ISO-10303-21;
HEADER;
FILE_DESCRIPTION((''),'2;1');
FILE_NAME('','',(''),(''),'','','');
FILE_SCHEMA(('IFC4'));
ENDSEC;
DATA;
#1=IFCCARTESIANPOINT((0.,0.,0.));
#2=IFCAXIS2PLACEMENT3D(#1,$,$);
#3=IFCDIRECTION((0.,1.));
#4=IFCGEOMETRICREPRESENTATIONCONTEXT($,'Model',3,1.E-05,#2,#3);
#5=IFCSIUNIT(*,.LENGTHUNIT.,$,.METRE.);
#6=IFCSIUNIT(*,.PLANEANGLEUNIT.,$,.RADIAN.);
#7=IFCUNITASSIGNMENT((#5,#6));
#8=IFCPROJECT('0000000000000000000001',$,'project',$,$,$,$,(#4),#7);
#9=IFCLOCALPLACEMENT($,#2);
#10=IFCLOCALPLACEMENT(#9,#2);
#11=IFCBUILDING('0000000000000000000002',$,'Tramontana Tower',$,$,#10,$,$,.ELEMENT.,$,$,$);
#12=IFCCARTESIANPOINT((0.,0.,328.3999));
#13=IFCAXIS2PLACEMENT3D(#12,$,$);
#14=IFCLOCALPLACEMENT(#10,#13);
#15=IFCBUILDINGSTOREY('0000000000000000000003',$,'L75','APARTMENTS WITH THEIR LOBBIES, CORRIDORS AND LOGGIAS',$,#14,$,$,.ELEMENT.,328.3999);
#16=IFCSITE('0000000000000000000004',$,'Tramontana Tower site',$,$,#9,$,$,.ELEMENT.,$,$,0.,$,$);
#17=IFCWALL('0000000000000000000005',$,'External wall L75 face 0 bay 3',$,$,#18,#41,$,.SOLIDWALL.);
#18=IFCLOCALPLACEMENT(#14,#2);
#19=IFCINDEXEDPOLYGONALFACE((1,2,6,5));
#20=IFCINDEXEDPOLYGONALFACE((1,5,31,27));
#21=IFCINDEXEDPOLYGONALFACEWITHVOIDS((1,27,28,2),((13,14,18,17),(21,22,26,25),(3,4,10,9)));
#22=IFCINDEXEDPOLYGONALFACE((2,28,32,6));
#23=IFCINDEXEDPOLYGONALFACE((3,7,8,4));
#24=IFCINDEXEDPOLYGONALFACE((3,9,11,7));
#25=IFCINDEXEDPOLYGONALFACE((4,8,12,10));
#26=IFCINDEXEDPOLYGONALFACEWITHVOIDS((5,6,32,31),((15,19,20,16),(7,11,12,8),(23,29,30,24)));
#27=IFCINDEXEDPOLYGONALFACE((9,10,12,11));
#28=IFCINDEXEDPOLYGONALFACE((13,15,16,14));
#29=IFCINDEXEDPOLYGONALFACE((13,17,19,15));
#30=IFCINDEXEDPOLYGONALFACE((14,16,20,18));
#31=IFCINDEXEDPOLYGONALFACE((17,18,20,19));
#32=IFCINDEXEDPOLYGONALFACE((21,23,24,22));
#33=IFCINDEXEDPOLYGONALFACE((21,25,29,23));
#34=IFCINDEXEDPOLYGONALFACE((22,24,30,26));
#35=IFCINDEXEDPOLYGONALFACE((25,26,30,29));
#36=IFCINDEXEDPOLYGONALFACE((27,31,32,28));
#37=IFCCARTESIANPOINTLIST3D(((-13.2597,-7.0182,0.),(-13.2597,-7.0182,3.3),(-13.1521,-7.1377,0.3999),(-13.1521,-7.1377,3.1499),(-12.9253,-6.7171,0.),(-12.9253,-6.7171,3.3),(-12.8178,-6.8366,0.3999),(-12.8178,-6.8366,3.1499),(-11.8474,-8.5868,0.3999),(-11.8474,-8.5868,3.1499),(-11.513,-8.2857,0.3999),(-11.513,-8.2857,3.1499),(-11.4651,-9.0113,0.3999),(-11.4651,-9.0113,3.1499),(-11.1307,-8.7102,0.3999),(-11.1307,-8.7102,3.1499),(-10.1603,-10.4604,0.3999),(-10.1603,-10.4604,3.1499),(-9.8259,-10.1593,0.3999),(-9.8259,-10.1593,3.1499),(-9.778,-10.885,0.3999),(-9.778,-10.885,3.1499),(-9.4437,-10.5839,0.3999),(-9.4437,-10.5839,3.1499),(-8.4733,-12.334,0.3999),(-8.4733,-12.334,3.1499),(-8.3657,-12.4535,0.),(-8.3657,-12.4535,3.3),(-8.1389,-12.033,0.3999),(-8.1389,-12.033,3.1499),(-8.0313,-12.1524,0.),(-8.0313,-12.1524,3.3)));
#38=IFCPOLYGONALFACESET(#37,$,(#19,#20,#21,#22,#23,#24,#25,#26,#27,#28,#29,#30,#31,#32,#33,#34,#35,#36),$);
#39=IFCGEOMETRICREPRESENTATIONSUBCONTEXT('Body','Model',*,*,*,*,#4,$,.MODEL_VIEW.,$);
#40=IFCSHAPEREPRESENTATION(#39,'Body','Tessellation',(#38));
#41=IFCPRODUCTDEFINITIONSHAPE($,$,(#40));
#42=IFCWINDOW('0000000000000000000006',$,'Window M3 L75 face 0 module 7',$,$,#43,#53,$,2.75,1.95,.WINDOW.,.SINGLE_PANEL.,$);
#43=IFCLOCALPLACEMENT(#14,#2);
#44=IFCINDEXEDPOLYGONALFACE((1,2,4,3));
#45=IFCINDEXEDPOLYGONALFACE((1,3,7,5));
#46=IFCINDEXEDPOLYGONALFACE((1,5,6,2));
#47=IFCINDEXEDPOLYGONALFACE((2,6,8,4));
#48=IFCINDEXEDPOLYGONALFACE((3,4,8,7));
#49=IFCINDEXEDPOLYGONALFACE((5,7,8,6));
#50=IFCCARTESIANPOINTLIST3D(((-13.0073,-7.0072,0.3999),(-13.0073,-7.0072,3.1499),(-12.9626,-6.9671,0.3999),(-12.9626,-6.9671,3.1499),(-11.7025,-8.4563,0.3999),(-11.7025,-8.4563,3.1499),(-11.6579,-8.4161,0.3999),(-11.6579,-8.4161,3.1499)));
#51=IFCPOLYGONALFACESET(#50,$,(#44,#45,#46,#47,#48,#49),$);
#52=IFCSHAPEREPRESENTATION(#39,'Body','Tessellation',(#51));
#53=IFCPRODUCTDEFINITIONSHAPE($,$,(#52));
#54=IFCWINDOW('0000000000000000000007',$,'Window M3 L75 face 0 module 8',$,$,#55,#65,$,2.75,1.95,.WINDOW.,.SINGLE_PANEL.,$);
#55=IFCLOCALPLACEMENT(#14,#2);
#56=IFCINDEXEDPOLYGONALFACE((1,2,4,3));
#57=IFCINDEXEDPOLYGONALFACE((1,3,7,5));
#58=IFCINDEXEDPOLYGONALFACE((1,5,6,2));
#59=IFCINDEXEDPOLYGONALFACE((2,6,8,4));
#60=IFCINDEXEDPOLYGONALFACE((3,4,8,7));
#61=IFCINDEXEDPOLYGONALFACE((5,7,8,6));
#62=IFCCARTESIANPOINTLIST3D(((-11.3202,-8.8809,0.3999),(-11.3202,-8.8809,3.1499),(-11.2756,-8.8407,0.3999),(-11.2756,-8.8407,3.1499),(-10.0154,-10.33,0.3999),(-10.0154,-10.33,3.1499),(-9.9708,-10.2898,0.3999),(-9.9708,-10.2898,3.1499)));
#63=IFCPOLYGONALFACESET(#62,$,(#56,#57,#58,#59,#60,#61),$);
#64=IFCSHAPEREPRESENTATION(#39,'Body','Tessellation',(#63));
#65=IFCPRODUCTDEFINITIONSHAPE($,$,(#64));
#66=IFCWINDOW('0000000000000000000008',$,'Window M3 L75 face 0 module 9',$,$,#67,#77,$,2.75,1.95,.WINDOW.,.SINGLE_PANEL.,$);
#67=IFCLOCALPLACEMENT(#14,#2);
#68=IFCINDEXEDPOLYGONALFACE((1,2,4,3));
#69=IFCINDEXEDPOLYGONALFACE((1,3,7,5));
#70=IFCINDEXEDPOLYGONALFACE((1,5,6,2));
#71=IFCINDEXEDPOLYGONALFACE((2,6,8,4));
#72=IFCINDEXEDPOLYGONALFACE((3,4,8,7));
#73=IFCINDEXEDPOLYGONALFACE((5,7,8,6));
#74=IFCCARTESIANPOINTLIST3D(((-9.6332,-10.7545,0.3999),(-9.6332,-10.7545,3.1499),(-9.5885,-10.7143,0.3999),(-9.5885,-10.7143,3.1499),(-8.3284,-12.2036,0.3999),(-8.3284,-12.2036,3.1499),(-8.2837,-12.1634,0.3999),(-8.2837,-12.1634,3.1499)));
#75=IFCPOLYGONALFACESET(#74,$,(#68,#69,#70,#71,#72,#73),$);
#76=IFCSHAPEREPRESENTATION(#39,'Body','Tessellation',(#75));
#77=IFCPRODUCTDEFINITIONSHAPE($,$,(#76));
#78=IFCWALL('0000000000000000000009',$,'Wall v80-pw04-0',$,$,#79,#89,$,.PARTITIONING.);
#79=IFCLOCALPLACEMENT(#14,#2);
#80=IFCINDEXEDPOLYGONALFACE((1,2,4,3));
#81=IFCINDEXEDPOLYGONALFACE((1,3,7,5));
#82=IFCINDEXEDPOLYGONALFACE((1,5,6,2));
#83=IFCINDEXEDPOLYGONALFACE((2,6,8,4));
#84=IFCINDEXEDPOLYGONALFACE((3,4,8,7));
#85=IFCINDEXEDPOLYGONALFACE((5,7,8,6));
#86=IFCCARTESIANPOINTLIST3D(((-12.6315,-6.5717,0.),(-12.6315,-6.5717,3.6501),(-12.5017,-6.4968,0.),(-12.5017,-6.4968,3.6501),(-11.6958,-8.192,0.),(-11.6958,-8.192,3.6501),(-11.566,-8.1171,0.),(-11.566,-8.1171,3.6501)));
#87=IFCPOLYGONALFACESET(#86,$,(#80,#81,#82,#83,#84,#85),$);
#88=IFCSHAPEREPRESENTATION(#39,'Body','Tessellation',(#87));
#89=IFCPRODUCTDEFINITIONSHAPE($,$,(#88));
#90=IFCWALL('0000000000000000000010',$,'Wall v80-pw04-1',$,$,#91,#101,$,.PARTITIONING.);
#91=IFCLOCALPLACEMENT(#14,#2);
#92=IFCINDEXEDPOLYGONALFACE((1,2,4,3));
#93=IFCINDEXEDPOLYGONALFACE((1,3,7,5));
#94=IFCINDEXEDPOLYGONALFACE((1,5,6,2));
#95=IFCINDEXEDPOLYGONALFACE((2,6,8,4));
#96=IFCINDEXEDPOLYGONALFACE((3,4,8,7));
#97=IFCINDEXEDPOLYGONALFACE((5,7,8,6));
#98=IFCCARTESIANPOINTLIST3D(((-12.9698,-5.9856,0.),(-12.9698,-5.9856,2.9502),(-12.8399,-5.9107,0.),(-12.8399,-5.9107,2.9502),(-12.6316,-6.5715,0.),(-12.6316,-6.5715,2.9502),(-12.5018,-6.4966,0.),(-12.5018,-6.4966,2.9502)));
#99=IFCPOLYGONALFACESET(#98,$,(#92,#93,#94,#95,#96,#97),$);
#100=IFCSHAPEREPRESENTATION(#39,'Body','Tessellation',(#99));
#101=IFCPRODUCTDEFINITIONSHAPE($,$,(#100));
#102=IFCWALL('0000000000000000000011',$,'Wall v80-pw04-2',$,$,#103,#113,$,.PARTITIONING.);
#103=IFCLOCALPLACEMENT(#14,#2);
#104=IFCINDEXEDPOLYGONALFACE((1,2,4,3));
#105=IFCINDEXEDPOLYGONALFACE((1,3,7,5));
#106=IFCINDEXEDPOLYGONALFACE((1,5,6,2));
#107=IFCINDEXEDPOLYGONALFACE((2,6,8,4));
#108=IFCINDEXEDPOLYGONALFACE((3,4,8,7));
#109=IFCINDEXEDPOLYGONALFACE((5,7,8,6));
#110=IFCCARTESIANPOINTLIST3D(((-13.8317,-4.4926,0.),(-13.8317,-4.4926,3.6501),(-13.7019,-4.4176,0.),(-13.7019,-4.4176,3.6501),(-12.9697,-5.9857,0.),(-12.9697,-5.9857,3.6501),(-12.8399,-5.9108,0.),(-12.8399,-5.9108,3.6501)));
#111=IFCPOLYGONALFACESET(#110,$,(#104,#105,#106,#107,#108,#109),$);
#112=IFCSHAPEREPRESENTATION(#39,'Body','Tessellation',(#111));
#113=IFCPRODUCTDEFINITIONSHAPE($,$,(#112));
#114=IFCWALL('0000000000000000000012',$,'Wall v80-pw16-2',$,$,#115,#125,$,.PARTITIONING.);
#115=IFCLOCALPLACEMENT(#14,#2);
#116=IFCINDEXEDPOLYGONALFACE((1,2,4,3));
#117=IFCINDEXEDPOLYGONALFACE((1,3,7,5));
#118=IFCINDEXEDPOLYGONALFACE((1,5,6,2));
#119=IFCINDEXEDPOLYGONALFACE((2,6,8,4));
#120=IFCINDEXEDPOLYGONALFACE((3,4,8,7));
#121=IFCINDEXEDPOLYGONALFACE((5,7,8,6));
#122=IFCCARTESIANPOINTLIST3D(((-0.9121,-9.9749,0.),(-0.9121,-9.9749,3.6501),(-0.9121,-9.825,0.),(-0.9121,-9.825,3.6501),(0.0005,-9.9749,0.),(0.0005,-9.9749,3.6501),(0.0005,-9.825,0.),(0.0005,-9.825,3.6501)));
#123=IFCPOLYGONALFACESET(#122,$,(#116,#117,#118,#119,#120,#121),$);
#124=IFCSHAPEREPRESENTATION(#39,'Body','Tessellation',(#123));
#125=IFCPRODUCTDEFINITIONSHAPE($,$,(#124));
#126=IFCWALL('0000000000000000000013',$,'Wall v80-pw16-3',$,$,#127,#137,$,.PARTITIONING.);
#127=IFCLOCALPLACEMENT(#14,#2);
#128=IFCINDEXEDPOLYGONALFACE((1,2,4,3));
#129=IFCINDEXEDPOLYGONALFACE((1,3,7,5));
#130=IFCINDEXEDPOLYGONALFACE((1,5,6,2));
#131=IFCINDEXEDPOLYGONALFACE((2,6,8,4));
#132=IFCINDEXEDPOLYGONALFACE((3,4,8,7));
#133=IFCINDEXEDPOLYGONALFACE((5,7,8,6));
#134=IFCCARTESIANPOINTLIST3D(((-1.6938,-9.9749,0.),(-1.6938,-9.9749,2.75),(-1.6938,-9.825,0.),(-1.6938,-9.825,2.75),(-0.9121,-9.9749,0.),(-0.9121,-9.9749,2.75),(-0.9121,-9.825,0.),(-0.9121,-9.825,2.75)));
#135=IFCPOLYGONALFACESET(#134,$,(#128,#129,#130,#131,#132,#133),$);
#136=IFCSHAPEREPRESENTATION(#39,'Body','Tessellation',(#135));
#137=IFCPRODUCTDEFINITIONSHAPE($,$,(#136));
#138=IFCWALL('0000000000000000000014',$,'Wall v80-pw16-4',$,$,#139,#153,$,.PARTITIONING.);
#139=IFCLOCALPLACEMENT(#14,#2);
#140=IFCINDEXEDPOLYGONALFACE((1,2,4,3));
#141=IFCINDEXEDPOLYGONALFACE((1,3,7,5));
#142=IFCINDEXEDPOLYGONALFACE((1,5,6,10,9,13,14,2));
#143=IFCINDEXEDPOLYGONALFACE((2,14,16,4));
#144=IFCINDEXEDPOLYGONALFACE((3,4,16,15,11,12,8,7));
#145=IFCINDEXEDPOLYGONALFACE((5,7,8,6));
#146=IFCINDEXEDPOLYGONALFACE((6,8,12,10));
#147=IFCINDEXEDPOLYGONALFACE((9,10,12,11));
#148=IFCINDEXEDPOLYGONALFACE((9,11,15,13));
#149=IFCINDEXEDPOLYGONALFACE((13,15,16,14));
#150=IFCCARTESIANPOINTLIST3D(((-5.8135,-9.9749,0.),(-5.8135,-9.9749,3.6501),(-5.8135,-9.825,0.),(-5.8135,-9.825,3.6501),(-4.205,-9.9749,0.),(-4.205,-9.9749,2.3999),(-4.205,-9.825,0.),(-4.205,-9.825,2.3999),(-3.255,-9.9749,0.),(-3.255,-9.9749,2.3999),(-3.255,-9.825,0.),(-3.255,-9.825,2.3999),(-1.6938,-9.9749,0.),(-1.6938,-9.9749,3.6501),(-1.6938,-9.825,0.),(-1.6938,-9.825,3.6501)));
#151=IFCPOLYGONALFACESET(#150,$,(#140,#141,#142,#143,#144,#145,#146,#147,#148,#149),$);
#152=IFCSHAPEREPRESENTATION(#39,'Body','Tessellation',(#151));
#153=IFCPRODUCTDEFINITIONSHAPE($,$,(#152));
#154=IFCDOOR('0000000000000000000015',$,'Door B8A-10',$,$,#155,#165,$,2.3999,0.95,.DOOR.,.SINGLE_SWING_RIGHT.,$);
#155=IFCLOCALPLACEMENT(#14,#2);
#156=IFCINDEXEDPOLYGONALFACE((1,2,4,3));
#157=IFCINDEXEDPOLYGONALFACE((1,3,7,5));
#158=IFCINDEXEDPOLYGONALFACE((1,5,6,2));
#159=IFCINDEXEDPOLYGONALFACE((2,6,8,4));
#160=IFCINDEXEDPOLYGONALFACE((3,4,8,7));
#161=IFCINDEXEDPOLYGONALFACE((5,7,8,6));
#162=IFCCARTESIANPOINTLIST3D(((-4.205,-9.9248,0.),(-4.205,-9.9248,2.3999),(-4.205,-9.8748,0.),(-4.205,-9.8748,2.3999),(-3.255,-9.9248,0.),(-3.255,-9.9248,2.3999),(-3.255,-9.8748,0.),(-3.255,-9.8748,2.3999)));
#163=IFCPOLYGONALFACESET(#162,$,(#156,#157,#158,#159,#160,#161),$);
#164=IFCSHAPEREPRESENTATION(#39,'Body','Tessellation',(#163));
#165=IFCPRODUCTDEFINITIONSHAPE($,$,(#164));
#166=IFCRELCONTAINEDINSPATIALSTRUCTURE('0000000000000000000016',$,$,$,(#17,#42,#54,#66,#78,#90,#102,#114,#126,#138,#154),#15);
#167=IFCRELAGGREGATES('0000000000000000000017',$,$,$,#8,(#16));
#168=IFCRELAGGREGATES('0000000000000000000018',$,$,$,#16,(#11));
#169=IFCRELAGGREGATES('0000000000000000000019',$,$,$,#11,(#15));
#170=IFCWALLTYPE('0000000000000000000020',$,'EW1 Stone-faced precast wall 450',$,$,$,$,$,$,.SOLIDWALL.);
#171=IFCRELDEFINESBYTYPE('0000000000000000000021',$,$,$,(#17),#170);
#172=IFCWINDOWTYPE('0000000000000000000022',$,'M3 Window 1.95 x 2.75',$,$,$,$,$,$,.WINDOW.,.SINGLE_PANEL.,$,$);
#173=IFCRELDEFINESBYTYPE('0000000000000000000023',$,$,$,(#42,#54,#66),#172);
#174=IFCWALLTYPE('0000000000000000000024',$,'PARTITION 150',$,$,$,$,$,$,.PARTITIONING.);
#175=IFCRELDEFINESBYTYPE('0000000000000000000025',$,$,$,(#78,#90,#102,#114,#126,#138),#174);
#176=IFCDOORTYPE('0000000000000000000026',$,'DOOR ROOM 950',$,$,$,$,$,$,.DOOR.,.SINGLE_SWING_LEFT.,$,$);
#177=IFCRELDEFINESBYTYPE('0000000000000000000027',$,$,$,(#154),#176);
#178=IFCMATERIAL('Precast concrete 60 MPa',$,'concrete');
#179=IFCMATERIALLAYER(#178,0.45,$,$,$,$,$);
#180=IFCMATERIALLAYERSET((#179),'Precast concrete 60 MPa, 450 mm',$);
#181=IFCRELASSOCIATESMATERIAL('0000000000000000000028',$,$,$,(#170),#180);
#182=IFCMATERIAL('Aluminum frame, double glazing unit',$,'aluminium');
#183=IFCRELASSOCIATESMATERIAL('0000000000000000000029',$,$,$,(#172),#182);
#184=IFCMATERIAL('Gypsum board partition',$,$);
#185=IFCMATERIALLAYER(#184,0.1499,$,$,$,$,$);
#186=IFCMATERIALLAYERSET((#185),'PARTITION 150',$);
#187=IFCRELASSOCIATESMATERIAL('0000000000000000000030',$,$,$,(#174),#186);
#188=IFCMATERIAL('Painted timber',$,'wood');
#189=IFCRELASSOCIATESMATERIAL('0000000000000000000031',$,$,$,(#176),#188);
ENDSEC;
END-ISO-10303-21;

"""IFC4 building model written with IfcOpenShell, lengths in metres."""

from ifc_helpers import new_model, si_unit, direction, frame, frame_2d, origin, place, context, subcontext, project, spatial, rectangle, extrude, material, layer, layer_set, type_object, element, fill, save


model = new_model("IFC4")

# Units and contexts
model_context = context("Model", 3, precision=1e-05, world=origin(), true_north=direction((0.0, 1.0)))
body_context = subcontext(model_context, "Body", "Model", "MODEL_VIEW")
ifc_project = project(units=[si_unit("LENGTHUNIT", "METRE"), si_unit("PLANEANGLEUNIT", "RADIAN")], contexts=[model_context])

# Site, building, storey
site_placement = place(None, origin())
site = spatial("IfcSite", under=ifc_project, at=site_placement, Name="Tramontana Tower site", CompositionType="ELEMENT", RefElevation=0.0)
building_placement = place(site_placement, origin())
building = spatial("IfcBuilding", under=site, at=building_placement, Name="Tramontana Tower", CompositionType="ELEMENT")
storey_placement = place(building_placement, frame((0.0, 0.0, 328.3999)))
storey = spatial("IfcBuildingStorey", under=building, at=storey_placement, Name="L75", Description="APARTMENTS WITH THEIR LOBBIES, CORRIDORS AND LOGGIAS", CompositionType="ELEMENT", Elevation=328.3999)

# Wall, openings, windows
ifc_material_1 = material(Name="Precast concrete 60 MPa", Category="concrete")
ifc_layer_1 = layer(ifc_material_1, 0.45)
ifc_layer_set_1 = layer_set([ifc_layer_1], Name="Precast concrete 60 MPa, 450 mm")
wall_type_1 = type_object("IfcWallType", Name="EW1 Stone-faced precast wall 450", PredefinedType="SOLIDWALL", material=ifc_layer_set_1)
wall_1_placement = place(storey_placement, frame((-13.0925, -6.8677, 0.0), z_axis=(0.0, 0.0, 1.0), x_axis=(0.669136, -0.74314, 0.0)))
wall_1 = element("IfcWall", 1, at=wall_1_placement, inside=storey, type_object=wall_type_1, Name="External wall L75 face 0 bay 3", PredefinedType="SOLIDWALL", context=body_context, shape_type="SweptSolid", body=[
    extrude(rectangle(XDim=7.314, YDim=0.45, at=frame_2d((3.657, 0.0))), origin(), (0.0, 0.0, 1.0), 3.3),
])
opening_1_placement = place(wall_1_placement, frame((0.1606, 0.0, 0.3999)))
opening_1 = element("IfcOpeningElement", 2, at=opening_1_placement, cuts=wall_1, PredefinedType="OPENING", context=body_context, shape_type="SweptSolid", body=[
    extrude(rectangle(XDim=1.95, YDim=2.75, at=frame_2d((0.9751, 1.375))), frame((0.0, 0.2349, 0.0), z_axis=(0.0, -1.0, 0.0), x_axis=(1.0, 0.0, 0.0)), (0.0, 0.0, 1.0), 0.47),
])
opening_2_placement = place(wall_1_placement, frame((2.6819, 0.0, 0.3999)))
opening_2 = element("IfcOpeningElement", 3, at=opening_2_placement, cuts=wall_1, PredefinedType="OPENING", context=body_context, shape_type="SweptSolid", body=[
    extrude(rectangle(XDim=1.95, YDim=2.75, at=frame_2d((0.9751, 1.375))), frame((0.0, 0.2349, 0.0), z_axis=(0.0, -1.0, 0.0), x_axis=(1.0, 0.0, 0.0)), (0.0, 0.0, 1.0), 0.47),
])
opening_3_placement = place(wall_1_placement, frame((5.2031, 0.0, 0.3999)))
opening_3 = element("IfcOpeningElement", 4, at=opening_3_placement, cuts=wall_1, PredefinedType="OPENING", context=body_context, shape_type="SweptSolid", body=[
    extrude(rectangle(XDim=1.95, YDim=2.75, at=frame_2d((0.9751, 1.375))), frame((0.0, 0.2349, 0.0), z_axis=(0.0, -1.0, 0.0), x_axis=(1.0, 0.0, 0.0)), (0.0, 0.0, 1.0), 0.47),
])
ifc_material_2 = material(Name="Aluminum frame, double glazing unit", Category="aluminium")
window_type = type_object("IfcWindowType", Name="M3 Window 1.95 x 2.75", PartitioningType="SINGLE_PANEL", PredefinedType="WINDOW", material=ifc_material_2)
window_1_placement = place(opening_1_placement, origin())
window_1 = element("IfcWindow", 5, at=window_1_placement, inside=storey, type_object=window_type, Name="Window M3 L75 face 0 module 7", OverallHeight=2.75, OverallWidth=1.95, PartitioningType="SINGLE_PANEL", PredefinedType="WINDOW", context=body_context, shape_type="SweptSolid", body=[
    extrude(rectangle(XDim=1.95, YDim=2.75, at=frame_2d((0.9751, 1.375))), frame((0.0, 0.03, 0.0), z_axis=(0.0, -1.0, 0.0), x_axis=(1.0, 0.0, 0.0)), (0.0, 0.0, 1.0), 0.0601),
])
fill(opening_1, window_1)
window_2_placement = place(opening_2_placement, origin())
window_2 = element("IfcWindow", 6, at=window_2_placement, inside=storey, type_object=window_type, Name="Window M3 L75 face 0 module 8", OverallHeight=2.75, OverallWidth=1.95, PartitioningType="SINGLE_PANEL", PredefinedType="WINDOW", context=body_context, shape_type="SweptSolid", body=[
    extrude(rectangle(XDim=1.95, YDim=2.75, at=frame_2d((0.9751, 1.375))), frame((0.0, 0.03, 0.0), z_axis=(0.0, -1.0, 0.0), x_axis=(1.0, 0.0, 0.0)), (0.0, 0.0, 1.0), 0.0601),
])
fill(opening_2, window_2)
window_3_placement = place(opening_3_placement, origin())
window_3 = element("IfcWindow", 7, at=window_3_placement, inside=storey, type_object=window_type, Name="Window M3 L75 face 0 module 9", OverallHeight=2.75, OverallWidth=1.95, PartitioningType="SINGLE_PANEL", PredefinedType="WINDOW", context=body_context, shape_type="SweptSolid", body=[
    extrude(rectangle(XDim=1.95, YDim=2.75, at=frame_2d((0.9751, 1.375))), frame((0.0, 0.03, 0.0), z_axis=(0.0, -1.0, 0.0), x_axis=(1.0, 0.0, 0.0)), (0.0, 0.0, 1.0), 0.0601),
])
fill(opening_3, window_3)

# Walls
ifc_material_3 = material(Name="Gypsum board partition")
ifc_layer_2 = layer(ifc_material_3, 0.1499)
ifc_layer_set_2 = layer_set([ifc_layer_2], Name="PARTITION 150")
wall_type_2 = type_object("IfcWallType", Name="PARTITION 150", PredefinedType="PARTITIONING", material=ifc_layer_set_2)
wall_2_placement = place(storey_placement, frame((-11.6309, -8.1545, 0.0), z_axis=(0.0, 0.0, 1.0), x_axis=(-0.50011, 0.865962, 0.0)))
element("IfcWall", 8, at=wall_2_placement, inside=storey, type_object=wall_type_2, Name="Wall v80-pw04-0", PredefinedType="PARTITIONING", context=body_context, shape_type="SweptSolid", body=[
    extrude(rectangle(XDim=1.8711, YDim=0.1499, at=frame_2d((0.9355, 0.0))), origin(), (0.0, 0.0, 1.0), 3.6501),
])
wall_3_placement = place(storey_placement, frame((-12.5667, -6.5342, 0.0), z_axis=(0.0, 0.0, 1.0), x_axis=(-0.499827, 0.866125, 0.0)))
element("IfcWall", 9, at=wall_3_placement, inside=storey, type_object=wall_type_2, Name="Wall v80-pw04-1", PredefinedType="PARTITIONING", context=body_context, shape_type="SweptSolid", body=[
    extrude(rectangle(XDim=0.6765, YDim=0.1499, at=frame_2d((0.3384, 0.0))), origin(), (0.0, 0.0, 1.0), 2.9502),
])
wall_4_placement = place(storey_placement, frame((-12.9048, -5.9482, 0.0), z_axis=(0.0, 0.0, 1.0), x_axis=(-0.499992, 0.86603, 0.0)))
element("IfcWall", 10, at=wall_4_placement, inside=storey, type_object=wall_type_2, Name="Wall v80-pw04-2", PredefinedType="PARTITIONING", context=body_context, shape_type="SweptSolid", body=[
    extrude(rectangle(XDim=1.7241, YDim=0.1499, at=frame_2d((0.8621, 0.0))), origin(), (0.0, 0.0, 1.0), 3.6501),
])
wall_5_placement = place(storey_placement, frame((0.0005, -9.8999, 0.0), z_axis=(0.0, 0.0, 1.0), x_axis=(-1.0, 0.0, 0.0)))
element("IfcWall", 11, at=wall_5_placement, inside=storey, type_object=wall_type_2, Name="Wall v80-pw16-2", PredefinedType="PARTITIONING", context=body_context, shape_type="SweptSolid", body=[
    extrude(rectangle(XDim=0.9126, YDim=0.1499, at=frame_2d((0.4563, 0.0))), origin(), (0.0, 0.0, 1.0), 3.6501),
])
wall_6_placement = place(storey_placement, frame((-0.9121, -9.8999, 0.0), z_axis=(0.0, 0.0, 1.0), x_axis=(-1.0, 0.0, 0.0)))
element("IfcWall", 12, at=wall_6_placement, inside=storey, type_object=wall_type_2, Name="Wall v80-pw16-3", PredefinedType="PARTITIONING", context=body_context, shape_type="SweptSolid", body=[
    extrude(rectangle(XDim=0.7817, YDim=0.1499, at=frame_2d((0.3909, 0.0))), origin(), (0.0, 0.0, 1.0), 2.75),
])

# Wall, opening, door
wall_7_placement = place(storey_placement, frame((-1.6938, -9.8999, 0.0), z_axis=(0.0, 0.0, 1.0), x_axis=(-1.0, 0.0, 0.0)))
wall_7 = element("IfcWall", 13, at=wall_7_placement, inside=storey, type_object=wall_type_2, Name="Wall v80-pw16-4", PredefinedType="PARTITIONING", context=body_context, shape_type="SweptSolid", body=[
    extrude(rectangle(XDim=4.1196, YDim=0.1499, at=frame_2d((2.0598, 0.0))), origin(), (0.0, 0.0, 1.0), 3.6501),
])
opening_4_placement = place(wall_7_placement, frame((1.561, 0.0, 0.0)))
opening_4 = element("IfcOpeningElement", 14, at=opening_4_placement, cuts=wall_7, PredefinedType="OPENING", context=body_context, shape_type="SweptSolid", body=[
    extrude(rectangle(XDim=0.95, YDim=2.3999, at=frame_2d((0.4751, 1.2))), frame((0.0, 0.085, 0.0), z_axis=(0.0, -1.0, 0.0), x_axis=(1.0, 0.0, 0.0)), (0.0, 0.0, 1.0), 0.1699),
])
ifc_material_4 = material(Name="Painted timber", Category="wood")
door_type_1 = type_object("IfcDoorType", Name="DOOR ROOM 950", OperationType="SINGLE_SWING_LEFT", PredefinedType="DOOR", material=ifc_material_4)
door_1_placement = place(opening_4_placement, origin())
door_1 = element("IfcDoor", 15, at=door_1_placement, inside=storey, type_object=door_type_1, Name="Door B8A-10", OperationType="SINGLE_SWING_RIGHT", OverallHeight=2.3999, OverallWidth=0.95, PredefinedType="DOOR", context=body_context, shape_type="SweptSolid", body=[
    extrude(rectangle(XDim=0.95, YDim=2.3999, at=frame_2d((0.4751, 1.2))), frame((0.0, 0.0249, 0.0), z_axis=(0.0, -1.0, 0.0), x_axis=(1.0, 0.0, 0.0)), (0.0, 0.0, 1.0), 0.05),
])
fill(opening_4, door_1)

save(model, "model.ifc")
